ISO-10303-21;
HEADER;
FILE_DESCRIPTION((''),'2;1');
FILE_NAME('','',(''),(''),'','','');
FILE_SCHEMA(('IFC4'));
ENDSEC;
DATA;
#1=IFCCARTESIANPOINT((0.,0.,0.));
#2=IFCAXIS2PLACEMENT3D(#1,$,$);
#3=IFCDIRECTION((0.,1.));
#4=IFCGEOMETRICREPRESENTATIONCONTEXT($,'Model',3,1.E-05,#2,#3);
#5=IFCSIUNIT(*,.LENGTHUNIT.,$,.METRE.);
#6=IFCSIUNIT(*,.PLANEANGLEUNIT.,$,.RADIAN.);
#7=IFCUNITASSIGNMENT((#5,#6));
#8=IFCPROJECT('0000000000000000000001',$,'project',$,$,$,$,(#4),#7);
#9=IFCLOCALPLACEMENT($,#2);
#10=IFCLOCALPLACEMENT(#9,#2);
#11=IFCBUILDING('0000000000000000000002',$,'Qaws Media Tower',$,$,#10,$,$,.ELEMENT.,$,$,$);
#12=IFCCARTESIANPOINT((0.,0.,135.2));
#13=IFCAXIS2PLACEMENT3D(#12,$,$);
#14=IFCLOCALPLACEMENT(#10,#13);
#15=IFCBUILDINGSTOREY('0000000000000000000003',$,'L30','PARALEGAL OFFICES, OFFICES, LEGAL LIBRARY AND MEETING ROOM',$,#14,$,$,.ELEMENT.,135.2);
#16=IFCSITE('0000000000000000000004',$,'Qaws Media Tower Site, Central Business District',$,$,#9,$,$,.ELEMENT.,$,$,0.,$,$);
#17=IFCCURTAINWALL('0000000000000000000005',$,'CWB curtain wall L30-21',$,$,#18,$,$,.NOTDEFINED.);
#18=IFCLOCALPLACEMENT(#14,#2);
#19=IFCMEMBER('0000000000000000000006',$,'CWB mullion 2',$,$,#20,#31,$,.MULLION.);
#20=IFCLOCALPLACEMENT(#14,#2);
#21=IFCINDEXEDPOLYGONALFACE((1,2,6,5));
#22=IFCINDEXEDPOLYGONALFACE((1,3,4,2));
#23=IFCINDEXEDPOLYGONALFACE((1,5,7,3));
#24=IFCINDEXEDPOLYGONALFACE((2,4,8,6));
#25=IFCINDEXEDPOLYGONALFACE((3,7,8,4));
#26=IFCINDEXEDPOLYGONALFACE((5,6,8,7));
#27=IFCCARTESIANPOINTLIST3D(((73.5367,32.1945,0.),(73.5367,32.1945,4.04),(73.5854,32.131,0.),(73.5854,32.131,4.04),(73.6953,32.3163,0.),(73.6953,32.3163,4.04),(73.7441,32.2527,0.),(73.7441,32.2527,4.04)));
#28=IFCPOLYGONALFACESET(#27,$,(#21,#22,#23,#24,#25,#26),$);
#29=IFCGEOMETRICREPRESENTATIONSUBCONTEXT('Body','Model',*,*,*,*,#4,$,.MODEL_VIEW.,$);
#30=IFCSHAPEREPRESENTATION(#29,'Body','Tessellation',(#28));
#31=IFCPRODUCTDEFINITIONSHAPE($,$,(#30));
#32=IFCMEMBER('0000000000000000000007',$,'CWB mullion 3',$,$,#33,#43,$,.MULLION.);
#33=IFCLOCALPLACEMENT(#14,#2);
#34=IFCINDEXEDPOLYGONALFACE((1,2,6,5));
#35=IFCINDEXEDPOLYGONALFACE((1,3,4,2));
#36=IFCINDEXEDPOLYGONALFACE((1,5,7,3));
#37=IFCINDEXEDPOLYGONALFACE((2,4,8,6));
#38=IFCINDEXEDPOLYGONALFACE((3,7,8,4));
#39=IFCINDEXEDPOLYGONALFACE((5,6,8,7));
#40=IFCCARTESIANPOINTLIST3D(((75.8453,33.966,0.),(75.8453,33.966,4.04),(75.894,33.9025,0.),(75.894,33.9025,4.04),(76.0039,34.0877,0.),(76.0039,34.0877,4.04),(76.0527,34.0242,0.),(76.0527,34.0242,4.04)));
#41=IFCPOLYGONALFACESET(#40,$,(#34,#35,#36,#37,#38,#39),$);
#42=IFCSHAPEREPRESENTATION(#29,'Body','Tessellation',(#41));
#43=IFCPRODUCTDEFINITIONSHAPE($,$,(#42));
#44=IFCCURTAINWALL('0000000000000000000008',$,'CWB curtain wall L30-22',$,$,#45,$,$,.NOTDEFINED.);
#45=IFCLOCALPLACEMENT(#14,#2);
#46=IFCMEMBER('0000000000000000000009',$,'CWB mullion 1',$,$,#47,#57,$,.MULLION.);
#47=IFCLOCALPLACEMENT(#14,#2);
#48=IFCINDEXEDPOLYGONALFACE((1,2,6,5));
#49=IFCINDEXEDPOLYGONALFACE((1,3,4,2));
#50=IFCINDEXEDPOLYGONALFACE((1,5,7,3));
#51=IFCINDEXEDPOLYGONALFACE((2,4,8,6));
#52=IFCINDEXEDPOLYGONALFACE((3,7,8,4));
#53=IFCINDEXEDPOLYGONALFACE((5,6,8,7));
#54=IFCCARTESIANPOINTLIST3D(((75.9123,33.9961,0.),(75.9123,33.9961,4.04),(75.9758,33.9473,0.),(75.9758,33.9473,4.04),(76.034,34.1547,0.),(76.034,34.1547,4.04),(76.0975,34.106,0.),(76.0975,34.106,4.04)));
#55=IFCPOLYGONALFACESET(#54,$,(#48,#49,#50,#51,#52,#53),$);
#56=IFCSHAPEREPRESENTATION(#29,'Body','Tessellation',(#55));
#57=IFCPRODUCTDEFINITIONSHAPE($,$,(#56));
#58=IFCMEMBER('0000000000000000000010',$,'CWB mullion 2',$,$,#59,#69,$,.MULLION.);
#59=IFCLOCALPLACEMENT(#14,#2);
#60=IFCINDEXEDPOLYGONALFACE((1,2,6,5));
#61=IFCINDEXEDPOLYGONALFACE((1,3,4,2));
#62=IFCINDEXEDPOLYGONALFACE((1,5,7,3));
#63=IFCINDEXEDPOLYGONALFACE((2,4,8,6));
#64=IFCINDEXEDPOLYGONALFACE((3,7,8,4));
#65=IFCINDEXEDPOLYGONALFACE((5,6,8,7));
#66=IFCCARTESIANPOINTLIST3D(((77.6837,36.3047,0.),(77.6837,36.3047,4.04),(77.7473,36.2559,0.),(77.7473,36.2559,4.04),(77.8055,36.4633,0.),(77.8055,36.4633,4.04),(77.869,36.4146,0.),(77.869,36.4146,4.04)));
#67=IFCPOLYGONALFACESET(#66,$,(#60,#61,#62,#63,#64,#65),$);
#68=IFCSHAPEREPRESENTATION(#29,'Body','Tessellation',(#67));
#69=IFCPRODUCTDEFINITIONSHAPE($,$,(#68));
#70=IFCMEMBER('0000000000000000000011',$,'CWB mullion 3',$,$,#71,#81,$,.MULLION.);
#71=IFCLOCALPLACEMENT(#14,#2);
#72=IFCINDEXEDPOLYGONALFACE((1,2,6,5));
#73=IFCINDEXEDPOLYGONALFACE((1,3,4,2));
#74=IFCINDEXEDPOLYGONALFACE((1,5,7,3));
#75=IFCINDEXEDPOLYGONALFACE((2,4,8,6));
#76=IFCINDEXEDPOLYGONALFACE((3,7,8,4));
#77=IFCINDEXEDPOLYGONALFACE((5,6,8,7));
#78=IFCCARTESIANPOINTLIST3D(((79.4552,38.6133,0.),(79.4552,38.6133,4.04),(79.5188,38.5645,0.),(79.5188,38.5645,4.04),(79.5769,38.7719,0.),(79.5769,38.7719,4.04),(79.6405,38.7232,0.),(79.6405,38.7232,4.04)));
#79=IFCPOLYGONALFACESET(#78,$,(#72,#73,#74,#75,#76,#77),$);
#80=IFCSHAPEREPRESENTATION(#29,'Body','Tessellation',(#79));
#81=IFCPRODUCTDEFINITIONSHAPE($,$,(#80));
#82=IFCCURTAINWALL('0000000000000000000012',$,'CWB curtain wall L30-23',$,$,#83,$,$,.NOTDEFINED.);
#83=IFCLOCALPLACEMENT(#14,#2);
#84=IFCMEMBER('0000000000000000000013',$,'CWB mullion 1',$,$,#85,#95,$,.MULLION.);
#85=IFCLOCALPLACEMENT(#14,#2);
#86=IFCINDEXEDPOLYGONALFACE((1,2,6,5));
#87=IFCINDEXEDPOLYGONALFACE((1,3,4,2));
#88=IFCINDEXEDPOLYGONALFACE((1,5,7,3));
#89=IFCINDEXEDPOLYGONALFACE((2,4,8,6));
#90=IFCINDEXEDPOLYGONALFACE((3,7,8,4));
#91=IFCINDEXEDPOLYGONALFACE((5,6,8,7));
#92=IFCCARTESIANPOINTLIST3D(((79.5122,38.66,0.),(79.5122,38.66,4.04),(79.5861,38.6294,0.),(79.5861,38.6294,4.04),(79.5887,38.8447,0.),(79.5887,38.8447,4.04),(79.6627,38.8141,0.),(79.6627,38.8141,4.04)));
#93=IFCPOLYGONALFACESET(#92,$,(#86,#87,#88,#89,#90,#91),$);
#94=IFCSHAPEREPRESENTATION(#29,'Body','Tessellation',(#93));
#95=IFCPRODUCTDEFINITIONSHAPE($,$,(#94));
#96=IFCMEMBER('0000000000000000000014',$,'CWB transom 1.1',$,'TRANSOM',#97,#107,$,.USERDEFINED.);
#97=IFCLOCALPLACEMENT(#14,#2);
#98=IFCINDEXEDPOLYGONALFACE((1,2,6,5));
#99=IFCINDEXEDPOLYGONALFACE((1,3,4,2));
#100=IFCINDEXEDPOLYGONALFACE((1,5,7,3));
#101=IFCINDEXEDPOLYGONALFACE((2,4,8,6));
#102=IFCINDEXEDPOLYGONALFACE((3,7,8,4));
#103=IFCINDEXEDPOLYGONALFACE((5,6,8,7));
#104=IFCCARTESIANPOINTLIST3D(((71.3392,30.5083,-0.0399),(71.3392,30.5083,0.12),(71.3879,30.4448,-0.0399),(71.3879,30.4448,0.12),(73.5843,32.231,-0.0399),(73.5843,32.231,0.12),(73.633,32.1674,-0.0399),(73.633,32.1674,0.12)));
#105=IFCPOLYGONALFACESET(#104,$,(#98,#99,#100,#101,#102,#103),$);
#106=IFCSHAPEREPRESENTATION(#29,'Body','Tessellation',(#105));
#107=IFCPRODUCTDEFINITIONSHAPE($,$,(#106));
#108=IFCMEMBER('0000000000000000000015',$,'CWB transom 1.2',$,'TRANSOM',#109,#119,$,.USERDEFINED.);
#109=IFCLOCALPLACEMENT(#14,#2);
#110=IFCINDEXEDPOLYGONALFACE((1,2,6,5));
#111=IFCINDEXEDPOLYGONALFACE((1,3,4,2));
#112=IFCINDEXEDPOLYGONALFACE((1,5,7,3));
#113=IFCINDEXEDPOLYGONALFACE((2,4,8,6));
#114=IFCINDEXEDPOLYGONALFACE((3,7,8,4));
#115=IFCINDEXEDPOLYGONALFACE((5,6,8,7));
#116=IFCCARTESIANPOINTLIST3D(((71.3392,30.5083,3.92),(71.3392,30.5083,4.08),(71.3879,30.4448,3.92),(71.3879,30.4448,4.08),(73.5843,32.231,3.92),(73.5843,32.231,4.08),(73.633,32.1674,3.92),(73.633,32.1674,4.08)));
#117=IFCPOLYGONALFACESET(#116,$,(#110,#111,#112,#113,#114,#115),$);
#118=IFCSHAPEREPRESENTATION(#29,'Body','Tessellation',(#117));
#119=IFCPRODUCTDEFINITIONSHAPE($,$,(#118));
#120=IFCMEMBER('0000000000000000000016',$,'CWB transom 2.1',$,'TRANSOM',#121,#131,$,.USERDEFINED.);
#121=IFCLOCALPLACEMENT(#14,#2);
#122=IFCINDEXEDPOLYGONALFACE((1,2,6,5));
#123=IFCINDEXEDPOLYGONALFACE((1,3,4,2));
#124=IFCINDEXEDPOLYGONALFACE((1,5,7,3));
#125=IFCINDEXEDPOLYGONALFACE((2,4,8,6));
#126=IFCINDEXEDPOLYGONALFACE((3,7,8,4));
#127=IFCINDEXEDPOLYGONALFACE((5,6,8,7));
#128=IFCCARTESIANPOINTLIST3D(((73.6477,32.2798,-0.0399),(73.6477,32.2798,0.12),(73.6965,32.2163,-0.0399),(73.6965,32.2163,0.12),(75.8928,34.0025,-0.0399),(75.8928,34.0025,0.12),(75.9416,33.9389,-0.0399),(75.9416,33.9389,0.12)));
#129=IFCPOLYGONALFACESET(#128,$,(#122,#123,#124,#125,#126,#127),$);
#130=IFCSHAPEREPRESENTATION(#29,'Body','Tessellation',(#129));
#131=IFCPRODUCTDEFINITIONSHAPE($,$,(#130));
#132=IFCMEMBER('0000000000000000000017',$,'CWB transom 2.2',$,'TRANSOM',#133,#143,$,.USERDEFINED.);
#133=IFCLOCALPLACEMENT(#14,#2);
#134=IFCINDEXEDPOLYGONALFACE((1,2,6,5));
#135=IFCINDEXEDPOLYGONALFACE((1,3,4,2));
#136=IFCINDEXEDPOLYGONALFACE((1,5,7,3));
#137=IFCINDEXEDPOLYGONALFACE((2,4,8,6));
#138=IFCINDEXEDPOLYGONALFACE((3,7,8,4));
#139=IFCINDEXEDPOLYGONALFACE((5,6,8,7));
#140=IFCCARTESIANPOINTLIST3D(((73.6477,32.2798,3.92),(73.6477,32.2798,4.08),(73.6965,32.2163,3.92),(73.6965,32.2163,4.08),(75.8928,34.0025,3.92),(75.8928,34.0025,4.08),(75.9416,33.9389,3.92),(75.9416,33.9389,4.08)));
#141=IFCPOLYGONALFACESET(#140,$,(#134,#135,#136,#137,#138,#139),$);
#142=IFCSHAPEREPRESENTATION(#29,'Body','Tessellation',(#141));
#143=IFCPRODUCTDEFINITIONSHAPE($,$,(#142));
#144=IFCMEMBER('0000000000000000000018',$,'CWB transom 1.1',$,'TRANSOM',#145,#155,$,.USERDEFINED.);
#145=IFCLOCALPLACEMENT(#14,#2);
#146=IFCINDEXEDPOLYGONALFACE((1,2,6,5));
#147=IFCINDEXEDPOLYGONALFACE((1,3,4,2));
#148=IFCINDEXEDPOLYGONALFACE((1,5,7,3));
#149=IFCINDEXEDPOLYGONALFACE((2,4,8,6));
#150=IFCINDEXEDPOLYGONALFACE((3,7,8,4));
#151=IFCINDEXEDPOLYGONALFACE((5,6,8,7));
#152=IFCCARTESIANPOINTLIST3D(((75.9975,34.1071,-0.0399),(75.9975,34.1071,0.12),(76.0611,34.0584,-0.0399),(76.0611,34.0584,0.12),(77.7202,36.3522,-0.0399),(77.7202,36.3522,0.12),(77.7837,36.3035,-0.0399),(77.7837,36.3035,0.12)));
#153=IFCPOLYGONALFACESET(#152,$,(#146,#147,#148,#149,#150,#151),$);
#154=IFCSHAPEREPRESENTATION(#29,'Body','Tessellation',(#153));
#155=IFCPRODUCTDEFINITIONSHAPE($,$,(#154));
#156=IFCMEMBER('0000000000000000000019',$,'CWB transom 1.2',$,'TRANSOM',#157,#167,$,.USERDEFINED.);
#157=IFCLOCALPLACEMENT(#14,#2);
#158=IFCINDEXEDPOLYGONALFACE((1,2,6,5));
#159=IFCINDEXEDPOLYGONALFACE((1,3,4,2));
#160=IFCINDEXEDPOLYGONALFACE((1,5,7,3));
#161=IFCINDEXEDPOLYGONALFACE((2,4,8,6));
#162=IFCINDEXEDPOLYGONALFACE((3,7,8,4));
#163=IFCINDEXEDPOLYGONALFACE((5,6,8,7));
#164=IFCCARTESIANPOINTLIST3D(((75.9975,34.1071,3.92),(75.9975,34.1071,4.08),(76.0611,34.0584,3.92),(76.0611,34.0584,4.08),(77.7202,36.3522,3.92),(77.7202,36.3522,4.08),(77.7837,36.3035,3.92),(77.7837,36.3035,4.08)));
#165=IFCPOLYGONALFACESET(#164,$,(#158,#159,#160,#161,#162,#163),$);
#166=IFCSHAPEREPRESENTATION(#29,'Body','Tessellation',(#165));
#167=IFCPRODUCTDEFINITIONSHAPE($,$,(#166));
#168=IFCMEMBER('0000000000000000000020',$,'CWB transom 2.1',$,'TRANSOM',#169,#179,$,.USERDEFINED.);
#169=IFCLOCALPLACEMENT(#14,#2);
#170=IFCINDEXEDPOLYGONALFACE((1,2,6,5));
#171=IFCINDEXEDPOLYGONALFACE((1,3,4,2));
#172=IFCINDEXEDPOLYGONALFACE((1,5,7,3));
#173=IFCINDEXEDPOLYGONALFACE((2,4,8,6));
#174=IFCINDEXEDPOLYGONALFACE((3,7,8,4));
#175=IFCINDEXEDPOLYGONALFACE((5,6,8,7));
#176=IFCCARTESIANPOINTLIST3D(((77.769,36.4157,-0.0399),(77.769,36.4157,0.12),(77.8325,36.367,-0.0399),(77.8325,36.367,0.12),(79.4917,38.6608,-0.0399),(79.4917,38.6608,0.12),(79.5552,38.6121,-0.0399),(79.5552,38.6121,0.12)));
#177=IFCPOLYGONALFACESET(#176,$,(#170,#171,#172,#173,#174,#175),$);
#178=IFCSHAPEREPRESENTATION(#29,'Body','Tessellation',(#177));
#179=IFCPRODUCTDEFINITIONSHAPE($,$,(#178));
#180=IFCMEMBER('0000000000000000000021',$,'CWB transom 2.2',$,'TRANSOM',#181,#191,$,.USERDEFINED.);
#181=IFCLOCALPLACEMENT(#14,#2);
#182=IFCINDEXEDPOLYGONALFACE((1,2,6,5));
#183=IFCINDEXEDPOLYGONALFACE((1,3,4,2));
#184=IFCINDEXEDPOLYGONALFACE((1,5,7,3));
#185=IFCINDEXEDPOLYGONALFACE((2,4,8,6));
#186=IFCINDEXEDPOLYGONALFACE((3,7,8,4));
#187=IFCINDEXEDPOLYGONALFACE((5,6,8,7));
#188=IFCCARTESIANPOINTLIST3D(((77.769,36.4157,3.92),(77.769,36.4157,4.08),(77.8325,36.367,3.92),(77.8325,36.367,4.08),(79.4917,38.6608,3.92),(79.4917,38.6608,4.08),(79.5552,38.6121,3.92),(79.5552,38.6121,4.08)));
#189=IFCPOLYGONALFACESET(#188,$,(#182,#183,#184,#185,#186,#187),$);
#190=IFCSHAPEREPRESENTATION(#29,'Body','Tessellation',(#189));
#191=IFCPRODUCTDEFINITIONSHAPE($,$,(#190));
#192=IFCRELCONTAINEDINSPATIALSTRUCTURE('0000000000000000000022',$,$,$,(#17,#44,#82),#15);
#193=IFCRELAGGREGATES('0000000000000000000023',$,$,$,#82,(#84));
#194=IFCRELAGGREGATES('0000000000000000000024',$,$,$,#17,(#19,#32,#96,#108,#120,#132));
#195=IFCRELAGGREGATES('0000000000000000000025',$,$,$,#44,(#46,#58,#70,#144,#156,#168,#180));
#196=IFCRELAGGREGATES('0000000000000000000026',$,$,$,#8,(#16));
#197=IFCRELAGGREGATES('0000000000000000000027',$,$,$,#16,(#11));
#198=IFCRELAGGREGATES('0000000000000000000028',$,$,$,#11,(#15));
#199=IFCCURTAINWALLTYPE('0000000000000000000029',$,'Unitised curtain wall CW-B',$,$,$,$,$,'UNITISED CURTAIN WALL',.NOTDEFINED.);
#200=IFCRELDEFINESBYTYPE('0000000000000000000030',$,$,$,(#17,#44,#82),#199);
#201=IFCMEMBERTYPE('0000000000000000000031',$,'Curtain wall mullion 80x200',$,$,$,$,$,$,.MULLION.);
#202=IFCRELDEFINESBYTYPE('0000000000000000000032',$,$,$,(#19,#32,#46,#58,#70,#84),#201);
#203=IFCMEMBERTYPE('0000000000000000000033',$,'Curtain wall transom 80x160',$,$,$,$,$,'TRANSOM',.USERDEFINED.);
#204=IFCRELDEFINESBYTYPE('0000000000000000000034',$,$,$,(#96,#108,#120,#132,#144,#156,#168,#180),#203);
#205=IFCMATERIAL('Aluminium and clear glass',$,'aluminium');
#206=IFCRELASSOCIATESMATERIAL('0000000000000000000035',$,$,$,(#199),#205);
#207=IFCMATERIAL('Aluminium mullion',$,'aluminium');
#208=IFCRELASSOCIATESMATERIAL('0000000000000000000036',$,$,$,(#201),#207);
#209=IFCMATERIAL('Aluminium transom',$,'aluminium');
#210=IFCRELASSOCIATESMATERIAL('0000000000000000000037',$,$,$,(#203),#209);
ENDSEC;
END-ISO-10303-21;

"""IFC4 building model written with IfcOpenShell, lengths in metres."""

from ifc_helpers import new_model, si_unit, direction, frame, origin, origin_2d, place, context, subcontext, project, spatial, rectangle, extrude, material, material_profile, profile_set, type_object, element, aggregate, save


model = new_model("IFC4")

# Units and contexts
model_context = context("Model", 3, precision=1e-05, world=origin(), true_north=direction((0.0, 1.0)))
body_context = subcontext(model_context, "Body", "Model", "MODEL_VIEW")
ifc_project = project(units=[si_unit("LENGTHUNIT", "METRE"), si_unit("PLANEANGLEUNIT", "RADIAN")], contexts=[model_context])

# Site, building, storey
site_placement = place(None, origin())
site = spatial("IfcSite", under=ifc_project, at=site_placement, Name="Qaws Media Tower Site, Central Business District", CompositionType="ELEMENT", RefElevation=0.0)
building_placement = place(site_placement, origin())
building = spatial("IfcBuilding", under=site, at=building_placement, Name="Qaws Media Tower", CompositionType="ELEMENT")
storey_placement = place(building_placement, frame((0.0, 0.0, 135.2)))
storey = spatial("IfcBuildingStorey", under=building, at=storey_placement, Name="L30", Description="PARALEGAL OFFICES, OFFICES, LEGAL LIBRARY AND MEETING ROOM", CompositionType="ELEMENT", Elevation=135.2)

# Curtain walls, members
ifc_material_1 = material(Name="Aluminium and clear glass", Category="aluminium")
curtain_wall_type = type_object("IfcCurtainWallType", Name="Unitised curtain wall CW-B", ElementType="UNITISED CURTAIN WALL", PredefinedType="NOTDEFINED", material=ifc_material_1)
curtain_wall_1_placement = place(storey_placement, origin())
curtain_wall_1 = element("IfcCurtainWall", 1, at=curtain_wall_1_placement, inside=storey, type_object=curtain_wall_type, Name="CWB curtain wall L30-21", PredefinedType="NOTDEFINED")
ifc_material_2 = material(Name="Aluminium mullion", Category="aluminium")
ifc_material_profile_1 = material_profile(ifc_material_2, rectangle(XDim=0.0801, YDim=0.2, at=origin_2d()), Name="80x200")
ifc_profile_set_1 = profile_set([ifc_material_profile_1], Name="Aluminium mullion")
member_type_1 = type_object("IfcMemberType", Name="Curtain wall mullion 80x200", PredefinedType="MULLION", material=ifc_profile_set_1)
member_1_placement = place(storey_placement, frame((73.6404, 32.2236, 0.0), z_axis=(0.0, 0.0, 1.0), x_axis=(-0.608761, 0.793353, 0.0)))
member_1 = element("IfcMember", 2, at=member_1_placement, type_object=member_type_1, Name="CWB mullion 2", PredefinedType="MULLION", context=body_context, shape_type="SweptSolid", body=[
    extrude(rectangle(XDim=0.0801, YDim=0.2, at=origin_2d()), origin(), (0.0, 0.0, 1.0), 4.04),
])
member_2_placement = place(storey_placement, frame((75.949, 33.9951, 0.0), z_axis=(0.0, 0.0, 1.0), x_axis=(-0.608761, 0.793353, 0.0)))
member_2 = element("IfcMember", 3, at=member_2_placement, type_object=member_type_1, Name="CWB mullion 3", PredefinedType="MULLION", context=body_context, shape_type="SweptSolid", body=[
    extrude(rectangle(XDim=0.0801, YDim=0.2, at=origin_2d()), origin(), (0.0, 0.0, 1.0), 4.04),
])
curtain_wall_2_placement = place(storey_placement, origin())
curtain_wall_2 = element("IfcCurtainWall", 4, at=curtain_wall_2_placement, inside=storey, type_object=curtain_wall_type, Name="CWB curtain wall L30-22", PredefinedType="NOTDEFINED")
member_3_placement = place(storey_placement, frame((76.0049, 34.051, 0.0), z_axis=(0.0, 0.0, 1.0), x_axis=(-0.793353, 0.608761, 0.0)))
member_3 = element("IfcMember", 5, at=member_3_placement, type_object=member_type_1, Name="CWB mullion 1", PredefinedType="MULLION", context=body_context, shape_type="SweptSolid", body=[
    extrude(rectangle(XDim=0.0801, YDim=0.2, at=origin_2d()), origin(), (0.0, 0.0, 1.0), 4.04),
])
member_4_placement = place(storey_placement, frame((77.7764, 36.3596, 0.0), z_axis=(0.0, 0.0, 1.0), x_axis=(-0.793353, 0.608761, 0.0)))
member_4 = element("IfcMember", 6, at=member_4_placement, type_object=member_type_1, Name="CWB mullion 2", PredefinedType="MULLION", context=body_context, shape_type="SweptSolid", body=[
    extrude(rectangle(XDim=0.0801, YDim=0.2, at=origin_2d()), origin(), (0.0, 0.0, 1.0), 4.04),
])
member_5_placement = place(storey_placement, frame((79.5479, 38.6682, 0.0), z_axis=(0.0, 0.0, 1.0), x_axis=(-0.793353, 0.608761, 0.0)))
member_5 = element("IfcMember", 7, at=member_5_placement, type_object=member_type_1, Name="CWB mullion 3", PredefinedType="MULLION", context=body_context, shape_type="SweptSolid", body=[
    extrude(rectangle(XDim=0.0801, YDim=0.2, at=origin_2d()), origin(), (0.0, 0.0, 1.0), 4.04),
])

# Curtain wall, member
curtain_wall_3_placement = place(storey_placement, origin())
curtain_wall_3 = element("IfcCurtainWall", 8, at=curtain_wall_3_placement, inside=storey, type_object=curtain_wall_type, Name="CWB curtain wall L30-23", PredefinedType="NOTDEFINED")
member_6_placement = place(storey_placement, frame((79.5874, 38.7371, 0.0), z_axis=(0.0, 0.0, 1.0), x_axis=(-0.92388, 0.382683, 0.0)))
member_6 = element("IfcMember", 9, at=member_6_placement, type_object=member_type_1, Name="CWB mullion 1", PredefinedType="MULLION", context=body_context, shape_type="SweptSolid", body=[
    extrude(rectangle(XDim=0.0801, YDim=0.2, at=origin_2d()), origin(), (0.0, 0.0, 1.0), 4.04),
])

# Members
ifc_material_3 = material(Name="Aluminium transom", Category="aluminium")
ifc_material_profile_2 = material_profile(ifc_material_3, rectangle(XDim=0.0801, YDim=0.1599, at=origin_2d()), Name="80x160")
ifc_profile_set_2 = profile_set([ifc_material_profile_2], Name="Aluminium transom")
member_type_2 = type_object("IfcMemberType", Name="Curtain wall transom 80x160", ElementType="TRANSOM", PredefinedType="USERDEFINED", material=ifc_profile_set_2)
member_7_placement = place(storey_placement, frame((71.3635, 30.4766, 0.04), z_axis=(0.793367, 0.608743, 0.0), x_axis=(-0.608743, 0.793367, 0.0)))
member_7 = element("IfcMember", 10, at=member_7_placement, type_object=member_type_2, Name="CWB transom 1.1", ObjectType="TRANSOM", PredefinedType="USERDEFINED", context=body_context, shape_type="SweptSolid", body=[
    extrude(rectangle(XDim=0.0801, YDim=0.1599, at=origin_2d()), origin(), (0.0, 0.0, 1.0), 2.8298),
])
member_8_placement = place(storey_placement, frame((71.3635, 30.4766, 4.0), z_axis=(0.793367, 0.608743, 0.0), x_axis=(-0.608743, 0.793367, 0.0)))
member_8 = element("IfcMember", 11, at=member_8_placement, type_object=member_type_2, Name="CWB transom 1.2", ObjectType="TRANSOM", PredefinedType="USERDEFINED", context=body_context, shape_type="SweptSolid", body=[
    extrude(rectangle(XDim=0.0801, YDim=0.1599, at=origin_2d()), origin(), (0.0, 0.0, 1.0), 2.8298),
])
member_9_placement = place(storey_placement, frame((73.6721, 32.248, 0.04), z_axis=(0.793367, 0.608743, 0.0), x_axis=(-0.608743, 0.793367, 0.0)))
member_9 = element("IfcMember", 12, at=member_9_placement, type_object=member_type_2, Name="CWB transom 2.1", ObjectType="TRANSOM", PredefinedType="USERDEFINED", context=body_context, shape_type="SweptSolid", body=[
    extrude(rectangle(XDim=0.0801, YDim=0.1599, at=origin_2d()), origin(), (0.0, 0.0, 1.0), 2.8298),
])
member_10_placement = place(storey_placement, frame((73.6721, 32.248, 4.0), z_axis=(0.793367, 0.608743, 0.0), x_axis=(-0.608743, 0.793367, 0.0)))
member_10 = element("IfcMember", 13, at=member_10_placement, type_object=member_type_2, Name="CWB transom 2.2", ObjectType="TRANSOM", PredefinedType="USERDEFINED", context=body_context, shape_type="SweptSolid", body=[
    extrude(rectangle(XDim=0.0801, YDim=0.1599, at=origin_2d()), origin(), (0.0, 0.0, 1.0), 2.8298),
])
member_11_placement = place(storey_placement, frame((76.0293, 34.0828, 0.04), z_axis=(0.608743, 0.793367, 0.0), x_axis=(-0.793367, 0.608743, 0.0)))
member_11 = element("IfcMember", 14, at=member_11_placement, type_object=member_type_2, Name="CWB transom 1.1", ObjectType="TRANSOM", PredefinedType="USERDEFINED", context=body_context, shape_type="SweptSolid", body=[
    extrude(rectangle(XDim=0.0801, YDim=0.1599, at=origin_2d()), origin(), (0.0, 0.0, 1.0), 2.8298),
])
member_12_placement = place(storey_placement, frame((76.0293, 34.0828, 4.0), z_axis=(0.608743, 0.793367, 0.0), x_axis=(-0.793367, 0.608743, 0.0)))
member_12 = element("IfcMember", 15, at=member_12_placement, type_object=member_type_2, Name="CWB transom 1.2", ObjectType="TRANSOM", PredefinedType="USERDEFINED", context=body_context, shape_type="SweptSolid", body=[
    extrude(rectangle(XDim=0.0801, YDim=0.1599, at=origin_2d()), origin(), (0.0, 0.0, 1.0), 2.8298),
])
member_13_placement = place(storey_placement, frame((77.8008, 36.3914, 0.04), z_axis=(0.608743, 0.793367, 0.0), x_axis=(-0.793367, 0.608743, 0.0)))
member_13 = element("IfcMember", 16, at=member_13_placement, type_object=member_type_2, Name="CWB transom 2.1", ObjectType="TRANSOM", PredefinedType="USERDEFINED", context=body_context, shape_type="SweptSolid", body=[
    extrude(rectangle(XDim=0.0801, YDim=0.1599, at=origin_2d()), origin(), (0.0, 0.0, 1.0), 2.8298),
])
member_14_placement = place(storey_placement, frame((77.8008, 36.3914, 4.0), z_axis=(0.608743, 0.793367, 0.0), x_axis=(-0.793367, 0.608743, 0.0)))
member_14 = element("IfcMember", 17, at=member_14_placement, type_object=member_type_2, Name="CWB transom 2.2", ObjectType="TRANSOM", PredefinedType="USERDEFINED", context=body_context, shape_type="SweptSolid", body=[
    extrude(rectangle(XDim=0.0801, YDim=0.1599, at=origin_2d()), origin(), (0.0, 0.0, 1.0), 2.8298),
])
aggregate(curtain_wall_3, [member_6])

aggregate(curtain_wall_1, [member_1, member_2, member_7, member_8, member_9, member_10])
aggregate(curtain_wall_2, [member_3, member_4, member_5, member_11, member_12, member_13, member_14])

save(model, "model.ifc")
